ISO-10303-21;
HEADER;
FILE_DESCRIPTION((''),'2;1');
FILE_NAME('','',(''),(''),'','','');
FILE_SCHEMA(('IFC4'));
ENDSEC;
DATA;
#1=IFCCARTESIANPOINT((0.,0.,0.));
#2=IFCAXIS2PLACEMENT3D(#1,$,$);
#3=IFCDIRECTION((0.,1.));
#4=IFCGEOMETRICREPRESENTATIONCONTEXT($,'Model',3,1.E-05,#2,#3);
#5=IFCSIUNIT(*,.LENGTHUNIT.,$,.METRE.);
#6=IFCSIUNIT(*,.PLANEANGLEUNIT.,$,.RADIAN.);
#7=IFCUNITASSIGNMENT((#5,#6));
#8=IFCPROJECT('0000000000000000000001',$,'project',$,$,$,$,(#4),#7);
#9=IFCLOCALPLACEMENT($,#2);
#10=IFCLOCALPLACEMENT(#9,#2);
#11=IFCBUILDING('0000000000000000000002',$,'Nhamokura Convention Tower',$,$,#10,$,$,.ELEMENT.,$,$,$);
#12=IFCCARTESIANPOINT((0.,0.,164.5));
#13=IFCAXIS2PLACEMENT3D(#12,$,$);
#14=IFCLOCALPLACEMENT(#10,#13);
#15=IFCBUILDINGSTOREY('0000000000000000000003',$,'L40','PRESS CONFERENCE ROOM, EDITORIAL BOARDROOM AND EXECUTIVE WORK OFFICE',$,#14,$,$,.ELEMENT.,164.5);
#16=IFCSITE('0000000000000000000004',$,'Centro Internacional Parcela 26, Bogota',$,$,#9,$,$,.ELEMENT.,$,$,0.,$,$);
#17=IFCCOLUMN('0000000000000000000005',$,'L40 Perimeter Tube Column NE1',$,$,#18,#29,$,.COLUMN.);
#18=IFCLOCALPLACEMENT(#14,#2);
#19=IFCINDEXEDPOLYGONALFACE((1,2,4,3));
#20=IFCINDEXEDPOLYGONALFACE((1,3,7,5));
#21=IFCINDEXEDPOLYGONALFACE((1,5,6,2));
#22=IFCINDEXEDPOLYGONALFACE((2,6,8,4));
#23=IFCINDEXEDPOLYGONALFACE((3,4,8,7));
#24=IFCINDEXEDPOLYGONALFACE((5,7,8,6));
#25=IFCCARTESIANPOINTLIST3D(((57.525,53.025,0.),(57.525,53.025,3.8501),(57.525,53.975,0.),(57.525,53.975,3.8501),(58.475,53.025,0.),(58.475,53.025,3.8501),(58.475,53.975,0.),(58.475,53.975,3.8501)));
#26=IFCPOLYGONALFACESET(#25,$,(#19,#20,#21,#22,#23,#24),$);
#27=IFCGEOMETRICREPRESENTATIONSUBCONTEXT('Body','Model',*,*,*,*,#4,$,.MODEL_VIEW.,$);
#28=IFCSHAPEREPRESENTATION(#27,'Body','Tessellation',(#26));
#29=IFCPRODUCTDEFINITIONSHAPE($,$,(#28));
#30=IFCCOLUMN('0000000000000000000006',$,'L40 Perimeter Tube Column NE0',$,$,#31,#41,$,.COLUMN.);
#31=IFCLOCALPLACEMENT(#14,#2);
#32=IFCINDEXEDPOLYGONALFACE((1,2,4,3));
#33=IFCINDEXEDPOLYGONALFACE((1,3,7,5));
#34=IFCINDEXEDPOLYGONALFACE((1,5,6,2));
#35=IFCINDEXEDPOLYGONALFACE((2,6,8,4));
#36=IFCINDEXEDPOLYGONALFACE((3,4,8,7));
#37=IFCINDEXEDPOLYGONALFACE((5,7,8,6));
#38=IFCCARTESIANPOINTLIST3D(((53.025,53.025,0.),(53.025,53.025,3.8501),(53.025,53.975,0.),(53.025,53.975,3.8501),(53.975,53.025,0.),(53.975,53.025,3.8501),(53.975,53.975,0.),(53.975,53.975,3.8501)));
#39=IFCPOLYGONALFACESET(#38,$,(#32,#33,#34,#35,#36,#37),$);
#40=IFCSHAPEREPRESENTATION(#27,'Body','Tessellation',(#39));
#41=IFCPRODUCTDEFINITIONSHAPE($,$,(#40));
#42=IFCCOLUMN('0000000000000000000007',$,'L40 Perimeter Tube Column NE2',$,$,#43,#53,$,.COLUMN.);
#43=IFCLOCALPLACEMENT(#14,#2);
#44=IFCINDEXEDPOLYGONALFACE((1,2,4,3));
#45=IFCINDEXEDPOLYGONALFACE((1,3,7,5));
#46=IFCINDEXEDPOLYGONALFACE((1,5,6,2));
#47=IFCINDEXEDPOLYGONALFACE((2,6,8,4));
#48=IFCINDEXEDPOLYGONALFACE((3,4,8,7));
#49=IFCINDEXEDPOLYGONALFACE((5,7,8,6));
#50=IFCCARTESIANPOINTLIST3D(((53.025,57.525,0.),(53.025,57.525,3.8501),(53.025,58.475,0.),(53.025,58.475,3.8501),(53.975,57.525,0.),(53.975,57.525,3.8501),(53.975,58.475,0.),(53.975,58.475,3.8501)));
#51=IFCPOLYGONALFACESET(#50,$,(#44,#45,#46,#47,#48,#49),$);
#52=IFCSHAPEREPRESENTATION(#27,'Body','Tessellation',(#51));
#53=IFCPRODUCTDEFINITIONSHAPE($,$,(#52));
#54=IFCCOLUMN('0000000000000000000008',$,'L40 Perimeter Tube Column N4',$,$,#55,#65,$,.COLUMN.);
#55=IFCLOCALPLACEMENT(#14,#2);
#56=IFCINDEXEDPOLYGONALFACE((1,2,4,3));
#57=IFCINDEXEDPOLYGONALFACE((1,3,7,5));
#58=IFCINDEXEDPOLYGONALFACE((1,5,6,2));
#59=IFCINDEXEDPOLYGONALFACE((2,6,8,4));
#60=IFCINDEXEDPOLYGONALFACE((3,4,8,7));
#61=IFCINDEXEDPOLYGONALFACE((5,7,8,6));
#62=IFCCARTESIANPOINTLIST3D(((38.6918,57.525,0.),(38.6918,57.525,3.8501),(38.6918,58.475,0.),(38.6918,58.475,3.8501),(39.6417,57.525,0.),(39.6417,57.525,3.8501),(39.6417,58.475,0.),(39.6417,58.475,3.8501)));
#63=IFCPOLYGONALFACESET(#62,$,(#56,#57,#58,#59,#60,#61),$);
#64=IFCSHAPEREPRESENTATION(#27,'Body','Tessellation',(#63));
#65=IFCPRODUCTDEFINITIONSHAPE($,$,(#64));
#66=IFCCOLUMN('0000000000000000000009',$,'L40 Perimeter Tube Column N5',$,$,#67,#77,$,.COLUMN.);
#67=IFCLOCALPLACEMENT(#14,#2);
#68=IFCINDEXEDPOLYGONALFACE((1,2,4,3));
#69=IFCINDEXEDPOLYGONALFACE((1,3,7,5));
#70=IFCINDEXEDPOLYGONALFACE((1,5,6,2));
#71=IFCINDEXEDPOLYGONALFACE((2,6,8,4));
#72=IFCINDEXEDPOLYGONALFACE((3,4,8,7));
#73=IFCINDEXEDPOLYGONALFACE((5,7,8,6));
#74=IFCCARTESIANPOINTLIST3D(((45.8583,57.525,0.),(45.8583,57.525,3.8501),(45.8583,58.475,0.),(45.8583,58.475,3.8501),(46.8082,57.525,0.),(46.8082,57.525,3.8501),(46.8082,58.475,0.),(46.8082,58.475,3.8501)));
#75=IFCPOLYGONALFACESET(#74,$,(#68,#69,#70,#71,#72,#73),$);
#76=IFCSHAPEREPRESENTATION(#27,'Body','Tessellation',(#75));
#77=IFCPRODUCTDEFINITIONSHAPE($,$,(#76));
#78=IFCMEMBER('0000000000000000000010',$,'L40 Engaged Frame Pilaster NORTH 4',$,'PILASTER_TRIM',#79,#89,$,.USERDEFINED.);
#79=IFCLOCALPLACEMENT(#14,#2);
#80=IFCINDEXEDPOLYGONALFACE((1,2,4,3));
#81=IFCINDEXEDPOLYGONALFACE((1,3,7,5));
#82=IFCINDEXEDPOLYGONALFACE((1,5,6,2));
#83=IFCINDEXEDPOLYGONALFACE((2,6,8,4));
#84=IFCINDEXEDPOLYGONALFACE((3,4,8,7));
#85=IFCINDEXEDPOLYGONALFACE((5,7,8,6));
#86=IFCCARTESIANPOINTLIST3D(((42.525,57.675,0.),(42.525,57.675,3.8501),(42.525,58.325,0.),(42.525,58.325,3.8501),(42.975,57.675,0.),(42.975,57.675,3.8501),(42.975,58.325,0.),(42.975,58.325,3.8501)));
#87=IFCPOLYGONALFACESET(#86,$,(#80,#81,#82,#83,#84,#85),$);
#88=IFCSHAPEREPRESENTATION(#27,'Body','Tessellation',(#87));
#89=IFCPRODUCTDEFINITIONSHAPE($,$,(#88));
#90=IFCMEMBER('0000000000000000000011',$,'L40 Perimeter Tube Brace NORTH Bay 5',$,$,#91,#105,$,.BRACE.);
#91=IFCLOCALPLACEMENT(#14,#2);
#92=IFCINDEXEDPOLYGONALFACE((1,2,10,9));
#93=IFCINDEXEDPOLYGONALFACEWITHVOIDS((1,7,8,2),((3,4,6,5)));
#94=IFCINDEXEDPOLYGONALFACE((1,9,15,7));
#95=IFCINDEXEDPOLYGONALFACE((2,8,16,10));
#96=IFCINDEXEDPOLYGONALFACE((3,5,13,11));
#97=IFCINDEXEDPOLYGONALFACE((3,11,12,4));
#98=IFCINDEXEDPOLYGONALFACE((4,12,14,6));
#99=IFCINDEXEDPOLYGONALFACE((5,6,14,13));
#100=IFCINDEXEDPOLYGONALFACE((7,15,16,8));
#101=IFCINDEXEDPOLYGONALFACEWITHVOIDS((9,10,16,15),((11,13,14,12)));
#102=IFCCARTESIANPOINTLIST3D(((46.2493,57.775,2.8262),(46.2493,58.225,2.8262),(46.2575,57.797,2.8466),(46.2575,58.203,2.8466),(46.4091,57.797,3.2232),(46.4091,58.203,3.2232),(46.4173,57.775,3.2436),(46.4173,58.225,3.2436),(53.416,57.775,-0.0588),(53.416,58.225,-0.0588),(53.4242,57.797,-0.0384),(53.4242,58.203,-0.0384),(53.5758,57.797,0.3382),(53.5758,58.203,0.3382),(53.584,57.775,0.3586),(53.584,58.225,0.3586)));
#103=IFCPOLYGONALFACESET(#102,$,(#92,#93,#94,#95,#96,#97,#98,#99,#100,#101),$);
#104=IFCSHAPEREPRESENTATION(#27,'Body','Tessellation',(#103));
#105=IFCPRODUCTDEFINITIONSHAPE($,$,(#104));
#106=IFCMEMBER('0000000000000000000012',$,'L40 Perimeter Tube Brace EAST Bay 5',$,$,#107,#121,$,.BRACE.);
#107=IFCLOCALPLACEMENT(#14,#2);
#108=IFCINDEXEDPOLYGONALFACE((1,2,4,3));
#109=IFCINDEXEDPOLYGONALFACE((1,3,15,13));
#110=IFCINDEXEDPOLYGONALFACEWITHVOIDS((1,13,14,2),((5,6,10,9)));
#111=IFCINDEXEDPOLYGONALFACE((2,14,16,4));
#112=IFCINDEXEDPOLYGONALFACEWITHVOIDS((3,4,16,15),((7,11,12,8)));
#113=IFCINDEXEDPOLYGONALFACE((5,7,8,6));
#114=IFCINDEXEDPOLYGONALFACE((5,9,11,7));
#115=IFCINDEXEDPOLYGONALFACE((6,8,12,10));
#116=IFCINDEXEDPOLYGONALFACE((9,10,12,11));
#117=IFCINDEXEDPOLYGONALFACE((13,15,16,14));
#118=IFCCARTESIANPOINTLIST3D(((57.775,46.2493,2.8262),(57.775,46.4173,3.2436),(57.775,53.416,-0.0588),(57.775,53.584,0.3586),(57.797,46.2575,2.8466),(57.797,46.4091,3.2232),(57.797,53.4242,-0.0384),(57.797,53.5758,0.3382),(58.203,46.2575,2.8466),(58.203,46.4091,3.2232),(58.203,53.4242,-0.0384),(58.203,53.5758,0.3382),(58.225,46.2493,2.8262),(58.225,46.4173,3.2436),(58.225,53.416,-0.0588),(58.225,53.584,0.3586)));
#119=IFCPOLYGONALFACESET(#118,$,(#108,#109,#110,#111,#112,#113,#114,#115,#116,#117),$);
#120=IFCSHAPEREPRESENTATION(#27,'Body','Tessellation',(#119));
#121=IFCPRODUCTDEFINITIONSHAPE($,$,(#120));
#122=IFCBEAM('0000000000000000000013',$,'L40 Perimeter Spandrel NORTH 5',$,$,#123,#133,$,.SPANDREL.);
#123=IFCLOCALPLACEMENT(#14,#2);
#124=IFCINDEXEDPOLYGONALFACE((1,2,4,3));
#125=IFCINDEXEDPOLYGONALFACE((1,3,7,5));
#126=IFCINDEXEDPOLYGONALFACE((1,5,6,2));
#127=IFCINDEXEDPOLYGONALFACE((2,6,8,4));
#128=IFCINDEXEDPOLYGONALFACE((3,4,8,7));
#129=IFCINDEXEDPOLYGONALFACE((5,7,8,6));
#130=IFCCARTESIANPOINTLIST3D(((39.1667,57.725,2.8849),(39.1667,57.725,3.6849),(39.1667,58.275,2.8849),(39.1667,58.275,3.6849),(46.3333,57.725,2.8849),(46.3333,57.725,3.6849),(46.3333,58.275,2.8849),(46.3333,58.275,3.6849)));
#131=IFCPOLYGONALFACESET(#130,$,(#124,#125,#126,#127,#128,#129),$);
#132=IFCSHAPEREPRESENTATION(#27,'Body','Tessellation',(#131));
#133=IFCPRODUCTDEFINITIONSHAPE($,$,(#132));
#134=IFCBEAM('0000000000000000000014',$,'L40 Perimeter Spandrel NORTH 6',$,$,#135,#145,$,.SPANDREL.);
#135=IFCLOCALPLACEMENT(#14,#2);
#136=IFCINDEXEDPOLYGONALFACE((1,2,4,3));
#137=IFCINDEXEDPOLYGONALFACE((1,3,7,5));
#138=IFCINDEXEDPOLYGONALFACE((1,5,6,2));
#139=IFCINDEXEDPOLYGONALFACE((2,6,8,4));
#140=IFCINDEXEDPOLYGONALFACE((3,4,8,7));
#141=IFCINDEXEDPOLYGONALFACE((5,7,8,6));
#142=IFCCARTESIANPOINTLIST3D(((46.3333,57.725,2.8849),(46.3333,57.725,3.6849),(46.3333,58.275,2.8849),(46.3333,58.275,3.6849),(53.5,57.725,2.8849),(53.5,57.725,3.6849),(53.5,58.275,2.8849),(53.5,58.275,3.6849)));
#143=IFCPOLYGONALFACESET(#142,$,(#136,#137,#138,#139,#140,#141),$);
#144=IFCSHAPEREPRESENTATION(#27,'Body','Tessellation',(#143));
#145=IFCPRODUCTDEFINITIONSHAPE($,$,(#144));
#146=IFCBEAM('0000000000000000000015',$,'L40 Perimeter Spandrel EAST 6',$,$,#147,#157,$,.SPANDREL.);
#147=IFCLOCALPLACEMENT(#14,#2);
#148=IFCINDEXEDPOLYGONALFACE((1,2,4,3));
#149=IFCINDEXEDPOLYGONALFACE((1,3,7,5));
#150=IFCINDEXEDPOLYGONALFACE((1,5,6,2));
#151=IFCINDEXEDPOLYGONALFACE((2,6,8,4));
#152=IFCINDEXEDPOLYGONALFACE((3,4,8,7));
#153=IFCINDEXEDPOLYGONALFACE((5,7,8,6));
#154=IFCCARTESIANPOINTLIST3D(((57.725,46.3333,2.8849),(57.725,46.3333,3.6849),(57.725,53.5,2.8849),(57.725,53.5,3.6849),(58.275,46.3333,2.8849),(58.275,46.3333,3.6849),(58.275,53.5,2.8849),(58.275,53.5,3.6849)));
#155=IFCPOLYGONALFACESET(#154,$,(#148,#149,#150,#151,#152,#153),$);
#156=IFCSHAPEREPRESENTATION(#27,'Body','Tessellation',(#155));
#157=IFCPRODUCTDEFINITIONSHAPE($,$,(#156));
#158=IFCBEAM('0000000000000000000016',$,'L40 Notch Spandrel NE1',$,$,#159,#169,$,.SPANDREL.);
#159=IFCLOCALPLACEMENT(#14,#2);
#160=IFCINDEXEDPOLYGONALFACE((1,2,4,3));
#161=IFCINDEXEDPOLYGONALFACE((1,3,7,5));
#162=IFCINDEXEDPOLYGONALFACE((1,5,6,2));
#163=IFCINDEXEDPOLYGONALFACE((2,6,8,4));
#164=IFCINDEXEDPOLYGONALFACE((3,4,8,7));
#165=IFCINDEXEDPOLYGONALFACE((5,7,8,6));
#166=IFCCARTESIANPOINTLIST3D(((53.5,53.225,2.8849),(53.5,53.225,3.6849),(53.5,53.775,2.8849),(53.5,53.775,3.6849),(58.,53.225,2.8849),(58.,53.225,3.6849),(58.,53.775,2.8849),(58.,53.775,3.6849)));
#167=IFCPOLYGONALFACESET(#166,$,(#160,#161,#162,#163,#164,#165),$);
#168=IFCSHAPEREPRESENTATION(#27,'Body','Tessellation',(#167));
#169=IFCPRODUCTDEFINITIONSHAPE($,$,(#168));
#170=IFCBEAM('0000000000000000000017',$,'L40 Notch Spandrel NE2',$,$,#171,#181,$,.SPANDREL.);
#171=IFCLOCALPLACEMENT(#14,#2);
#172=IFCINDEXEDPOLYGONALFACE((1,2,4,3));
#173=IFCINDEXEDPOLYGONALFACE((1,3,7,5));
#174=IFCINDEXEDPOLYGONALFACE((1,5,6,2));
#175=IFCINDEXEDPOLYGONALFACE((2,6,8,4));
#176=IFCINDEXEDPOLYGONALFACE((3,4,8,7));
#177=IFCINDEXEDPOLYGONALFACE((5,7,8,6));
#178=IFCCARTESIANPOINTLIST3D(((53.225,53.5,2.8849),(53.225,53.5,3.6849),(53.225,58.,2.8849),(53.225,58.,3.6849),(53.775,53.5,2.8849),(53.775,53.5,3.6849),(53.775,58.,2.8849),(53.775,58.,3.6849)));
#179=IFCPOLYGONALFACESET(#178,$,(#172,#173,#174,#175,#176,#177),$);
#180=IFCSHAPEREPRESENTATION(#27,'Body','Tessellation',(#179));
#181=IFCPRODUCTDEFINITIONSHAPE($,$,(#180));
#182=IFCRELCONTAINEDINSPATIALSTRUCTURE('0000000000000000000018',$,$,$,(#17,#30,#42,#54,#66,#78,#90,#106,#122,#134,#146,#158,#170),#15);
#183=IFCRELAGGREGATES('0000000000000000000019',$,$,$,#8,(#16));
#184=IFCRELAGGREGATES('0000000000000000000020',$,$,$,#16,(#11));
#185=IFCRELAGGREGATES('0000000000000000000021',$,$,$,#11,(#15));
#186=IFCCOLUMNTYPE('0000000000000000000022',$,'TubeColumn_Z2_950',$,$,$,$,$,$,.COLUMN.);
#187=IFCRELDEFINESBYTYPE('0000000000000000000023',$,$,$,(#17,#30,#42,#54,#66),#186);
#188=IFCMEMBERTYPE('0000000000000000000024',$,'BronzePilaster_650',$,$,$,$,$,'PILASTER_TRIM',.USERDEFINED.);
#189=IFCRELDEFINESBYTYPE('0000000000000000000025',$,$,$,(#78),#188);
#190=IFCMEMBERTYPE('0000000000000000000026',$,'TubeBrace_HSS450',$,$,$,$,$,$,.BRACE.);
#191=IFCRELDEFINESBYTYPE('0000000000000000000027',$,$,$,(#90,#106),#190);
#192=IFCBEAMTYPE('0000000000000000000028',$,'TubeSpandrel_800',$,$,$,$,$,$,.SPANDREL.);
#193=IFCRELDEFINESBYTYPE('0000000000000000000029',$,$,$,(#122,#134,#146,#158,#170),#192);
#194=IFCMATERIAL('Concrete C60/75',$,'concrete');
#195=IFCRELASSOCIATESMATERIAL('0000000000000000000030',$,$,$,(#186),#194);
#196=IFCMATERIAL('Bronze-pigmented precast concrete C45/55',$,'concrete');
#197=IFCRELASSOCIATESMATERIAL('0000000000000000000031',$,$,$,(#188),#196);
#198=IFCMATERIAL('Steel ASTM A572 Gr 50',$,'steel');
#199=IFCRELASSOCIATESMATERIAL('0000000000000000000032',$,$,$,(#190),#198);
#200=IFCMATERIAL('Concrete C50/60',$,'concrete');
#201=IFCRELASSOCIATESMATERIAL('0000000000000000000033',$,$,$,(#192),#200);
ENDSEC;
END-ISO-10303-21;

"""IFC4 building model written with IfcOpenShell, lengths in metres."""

from ifc_helpers import new_model, si_unit, direction, frame, origin, origin_2d, place, context, subcontext, project, spatial, rectangle, hollow_rectangle, extrude, material, material_profile, profile_set, type_object, element, save


model = new_model("IFC4")

# Units and contexts
model_context = context("Model", 3, precision=1e-05, world=origin(), true_north=direction((0.0, 1.0)))
body_context = subcontext(model_context, "Body", "Model", "MODEL_VIEW")
ifc_project = project(units=[si_unit("LENGTHUNIT", "METRE"), si_unit("PLANEANGLEUNIT", "RADIAN")], contexts=[model_context])

# Site, building, storey
site_placement = place(None, origin())
site = spatial("IfcSite", under=ifc_project, at=site_placement, Name="Centro Internacional Parcela 26, Bogota", CompositionType="ELEMENT", RefElevation=0.0)
building_placement = place(site_placement, origin())
building = spatial("IfcBuilding", under=site, at=building_placement, Name="Nhamokura Convention Tower", CompositionType="ELEMENT")
storey_placement = place(building_placement, frame((0.0, 0.0, 164.5)))
storey = spatial("IfcBuildingStorey", under=building, at=storey_placement, Name="L40", Description="PRESS CONFERENCE ROOM, EDITORIAL BOARDROOM AND EXECUTIVE WORK OFFICE", CompositionType="ELEMENT", Elevation=164.5)

# Columns
ifc_material_1 = material(Name="Concrete C60/75", Category="concrete")
ifc_material_profile_1 = material_profile(ifc_material_1, rectangle(XDim=0.95, YDim=0.95, at=origin_2d()))
ifc_profile_set_1 = profile_set([ifc_material_profile_1], Name="Concrete C60/75")
column_type = type_object("IfcColumnType", Name="TubeColumn_Z2_950", PredefinedType="COLUMN", material=ifc_profile_set_1)
for number, where, z_axis, x_axis, name in (
    (1, (58.0, 53.5, 0.0), (0.0, 0.0, 1.0), (1.0, 0.0, 0.0), "L40 Perimeter Tube Column NE1"),
    (2, (53.5, 53.5, 0.0), (0.0, 0.0, 1.0), (1.0, 0.0, 0.0), "L40 Perimeter Tube Column NE0"),
    (3, (53.5, 58.0, 0.0), (0.0, 0.0, 1.0), (1.0, 0.0, 0.0), "L40 Perimeter Tube Column NE2"),
    (4, (39.1667, 58.0, 0.0), (0.0, 0.0, 1.0), (1.0, 0.0, 0.0), "L40 Perimeter Tube Column N4"),
    (5, (46.3333, 58.0, 0.0), (0.0, 0.0, 1.0), (1.0, 0.0, 0.0), "L40 Perimeter Tube Column N5"),
):
    element("IfcColumn", number, at=place(storey_placement, frame(where, z_axis=z_axis, x_axis=x_axis)), inside=storey, type_object=column_type, Name=name, PredefinedType="COLUMN", context=body_context, shape_type="SweptSolid", body=[
        extrude(rectangle(XDim=0.95, YDim=0.95, at=origin_2d()), origin(), (0.0, 0.0, 1.0), 3.8501),
    ])

# Members
ifc_material_2 = material(Name="Bronze-pigmented precast concrete C45/55", Category="concrete")
ifc_material_profile_2 = material_profile(ifc_material_2, rectangle(XDim=0.45, YDim=0.6499, at=origin_2d()))
ifc_profile_set_2 = profile_set([ifc_material_profile_2], Name="Bronze-pigmented precast concrete C45/55")
member_type_1 = type_object("IfcMemberType", Name="BronzePilaster_650", ElementType="PILASTER_TRIM", PredefinedType="USERDEFINED", material=ifc_profile_set_2)
member_placement = place(storey_placement, frame((42.75, 58.0, 0.0), z_axis=(0.0, 0.0, 1.0), x_axis=(1.0, 0.0, 0.0)))
element("IfcMember", 6, at=member_placement, inside=storey, type_object=member_type_1, Name="L40 Engaged Frame Pilaster NORTH 4", ObjectType="PILASTER_TRIM", PredefinedType="USERDEFINED", context=body_context, shape_type="SweptSolid", body=[
    extrude(rectangle(XDim=0.45, YDim=0.6499, at=origin_2d()), origin(), (0.0, 0.0, 1.0), 3.8501),
])
ifc_material_3 = material(Name="Steel ASTM A572 Gr 50", Category="steel")
ifc_material_profile_3 = material_profile(ifc_material_3, hollow_rectangle(XDim=0.45, YDim=0.45, WallThickness=0.022, at=origin_2d()))
ifc_profile_set_3 = profile_set([ifc_material_profile_3], Name="Steel ASTM A572 Gr 50")
member_type_2 = type_object("IfcMemberType", Name="TubeBrace_HSS450", PredefinedType="BRACE", material=ifc_profile_set_3)
for number, where, z_axis, x_axis, name in (
    (7, (53.5, 58.0, 0.1499), (-0.927657, 0.0, 0.373433), (0.0, -1.0, 0.0), "L40 Perimeter Tube Brace NORTH Bay 5"),
    (8, (58.0, 53.5, 0.1499), (0.0, -0.927657, 0.373433), (1.0, 0.0, 0.0), "L40 Perimeter Tube Brace EAST Bay 5"),
):
    element("IfcMember", number, at=place(storey_placement, frame(where, z_axis=z_axis, x_axis=x_axis)), inside=storey, type_object=member_type_2, Name=name, PredefinedType="BRACE", context=body_context, shape_type="SweptSolid", body=[
        extrude(hollow_rectangle(XDim=0.45, YDim=0.45, WallThickness=0.022, at=origin_2d()), origin(), (0.0, 0.0, 1.0), 7.7256),
    ])

# Beams
ifc_material_4 = material(Name="Concrete C50/60", Category="concrete")
ifc_material_profile_4 = material_profile(ifc_material_4, rectangle(XDim=0.55, YDim=0.8, at=origin_2d()))
ifc_profile_set_4 = profile_set([ifc_material_profile_4], Name="Concrete C50/60")
beam_type = type_object("IfcBeamType", Name="TubeSpandrel_800", PredefinedType="SPANDREL", material=ifc_profile_set_4)
beam_placement = place(storey_placement, frame((39.1667, 58.0, 3.2849), z_axis=(1.0, 0.0, 0.0), x_axis=(0.0, 1.0, 0.0)))
element("IfcBeam", 9, at=beam_placement, inside=storey, type_object=beam_type, Name="L40 Perimeter Spandrel NORTH 5", PredefinedType="SPANDREL", context=body_context, shape_type="SweptSolid", body=[
    extrude(rectangle(XDim=0.55, YDim=0.8, at=origin_2d()), origin(), (0.0, 0.0, 1.0), 7.1665),
])
for number, where, z_axis, x_axis, name in (
    (10, (46.3333, 58.0, 3.2849), (1.0, 0.0, 0.0), (0.0, 1.0, 0.0), "L40 Perimeter Spandrel NORTH 6"),
    (11, (58.0, 46.3333, 3.2849), (0.0, 1.0, 0.0), (-1.0, 0.0, 0.0), "L40 Perimeter Spandrel EAST 6"),
):
    element("IfcBeam", number, at=place(storey_placement, frame(where, z_axis=z_axis, x_axis=x_axis)), inside=storey, type_object=beam_type, Name=name, PredefinedType="SPANDREL", context=body_context, shape_type="SweptSolid", body=[
        extrude(rectangle(XDim=0.55, YDim=0.8, at=origin_2d()), origin(), (0.0, 0.0, 1.0), 7.1667),
    ])
for number, where, z_axis, x_axis, name in (
    (12, (58.0, 53.5, 3.2849), (-1.0, 0.0, 0.0), (0.0, -1.0, 0.0), "L40 Notch Spandrel NE1"),
    (13, (53.5, 53.5, 3.2849), (0.0, 1.0, 0.0), (-1.0, 0.0, 0.0), "L40 Notch Spandrel NE2"),
):
    element("IfcBeam", number, at=place(storey_placement, frame(where, z_axis=z_axis, x_axis=x_axis)), inside=storey, type_object=beam_type, Name=name, PredefinedType="SPANDREL", context=body_context, shape_type="SweptSolid", body=[
        extrude(rectangle(XDim=0.55, YDim=0.8, at=origin_2d()), origin(), (0.0, 0.0, 1.0), 4.5),
    ])

save(model, "model.ifc")
